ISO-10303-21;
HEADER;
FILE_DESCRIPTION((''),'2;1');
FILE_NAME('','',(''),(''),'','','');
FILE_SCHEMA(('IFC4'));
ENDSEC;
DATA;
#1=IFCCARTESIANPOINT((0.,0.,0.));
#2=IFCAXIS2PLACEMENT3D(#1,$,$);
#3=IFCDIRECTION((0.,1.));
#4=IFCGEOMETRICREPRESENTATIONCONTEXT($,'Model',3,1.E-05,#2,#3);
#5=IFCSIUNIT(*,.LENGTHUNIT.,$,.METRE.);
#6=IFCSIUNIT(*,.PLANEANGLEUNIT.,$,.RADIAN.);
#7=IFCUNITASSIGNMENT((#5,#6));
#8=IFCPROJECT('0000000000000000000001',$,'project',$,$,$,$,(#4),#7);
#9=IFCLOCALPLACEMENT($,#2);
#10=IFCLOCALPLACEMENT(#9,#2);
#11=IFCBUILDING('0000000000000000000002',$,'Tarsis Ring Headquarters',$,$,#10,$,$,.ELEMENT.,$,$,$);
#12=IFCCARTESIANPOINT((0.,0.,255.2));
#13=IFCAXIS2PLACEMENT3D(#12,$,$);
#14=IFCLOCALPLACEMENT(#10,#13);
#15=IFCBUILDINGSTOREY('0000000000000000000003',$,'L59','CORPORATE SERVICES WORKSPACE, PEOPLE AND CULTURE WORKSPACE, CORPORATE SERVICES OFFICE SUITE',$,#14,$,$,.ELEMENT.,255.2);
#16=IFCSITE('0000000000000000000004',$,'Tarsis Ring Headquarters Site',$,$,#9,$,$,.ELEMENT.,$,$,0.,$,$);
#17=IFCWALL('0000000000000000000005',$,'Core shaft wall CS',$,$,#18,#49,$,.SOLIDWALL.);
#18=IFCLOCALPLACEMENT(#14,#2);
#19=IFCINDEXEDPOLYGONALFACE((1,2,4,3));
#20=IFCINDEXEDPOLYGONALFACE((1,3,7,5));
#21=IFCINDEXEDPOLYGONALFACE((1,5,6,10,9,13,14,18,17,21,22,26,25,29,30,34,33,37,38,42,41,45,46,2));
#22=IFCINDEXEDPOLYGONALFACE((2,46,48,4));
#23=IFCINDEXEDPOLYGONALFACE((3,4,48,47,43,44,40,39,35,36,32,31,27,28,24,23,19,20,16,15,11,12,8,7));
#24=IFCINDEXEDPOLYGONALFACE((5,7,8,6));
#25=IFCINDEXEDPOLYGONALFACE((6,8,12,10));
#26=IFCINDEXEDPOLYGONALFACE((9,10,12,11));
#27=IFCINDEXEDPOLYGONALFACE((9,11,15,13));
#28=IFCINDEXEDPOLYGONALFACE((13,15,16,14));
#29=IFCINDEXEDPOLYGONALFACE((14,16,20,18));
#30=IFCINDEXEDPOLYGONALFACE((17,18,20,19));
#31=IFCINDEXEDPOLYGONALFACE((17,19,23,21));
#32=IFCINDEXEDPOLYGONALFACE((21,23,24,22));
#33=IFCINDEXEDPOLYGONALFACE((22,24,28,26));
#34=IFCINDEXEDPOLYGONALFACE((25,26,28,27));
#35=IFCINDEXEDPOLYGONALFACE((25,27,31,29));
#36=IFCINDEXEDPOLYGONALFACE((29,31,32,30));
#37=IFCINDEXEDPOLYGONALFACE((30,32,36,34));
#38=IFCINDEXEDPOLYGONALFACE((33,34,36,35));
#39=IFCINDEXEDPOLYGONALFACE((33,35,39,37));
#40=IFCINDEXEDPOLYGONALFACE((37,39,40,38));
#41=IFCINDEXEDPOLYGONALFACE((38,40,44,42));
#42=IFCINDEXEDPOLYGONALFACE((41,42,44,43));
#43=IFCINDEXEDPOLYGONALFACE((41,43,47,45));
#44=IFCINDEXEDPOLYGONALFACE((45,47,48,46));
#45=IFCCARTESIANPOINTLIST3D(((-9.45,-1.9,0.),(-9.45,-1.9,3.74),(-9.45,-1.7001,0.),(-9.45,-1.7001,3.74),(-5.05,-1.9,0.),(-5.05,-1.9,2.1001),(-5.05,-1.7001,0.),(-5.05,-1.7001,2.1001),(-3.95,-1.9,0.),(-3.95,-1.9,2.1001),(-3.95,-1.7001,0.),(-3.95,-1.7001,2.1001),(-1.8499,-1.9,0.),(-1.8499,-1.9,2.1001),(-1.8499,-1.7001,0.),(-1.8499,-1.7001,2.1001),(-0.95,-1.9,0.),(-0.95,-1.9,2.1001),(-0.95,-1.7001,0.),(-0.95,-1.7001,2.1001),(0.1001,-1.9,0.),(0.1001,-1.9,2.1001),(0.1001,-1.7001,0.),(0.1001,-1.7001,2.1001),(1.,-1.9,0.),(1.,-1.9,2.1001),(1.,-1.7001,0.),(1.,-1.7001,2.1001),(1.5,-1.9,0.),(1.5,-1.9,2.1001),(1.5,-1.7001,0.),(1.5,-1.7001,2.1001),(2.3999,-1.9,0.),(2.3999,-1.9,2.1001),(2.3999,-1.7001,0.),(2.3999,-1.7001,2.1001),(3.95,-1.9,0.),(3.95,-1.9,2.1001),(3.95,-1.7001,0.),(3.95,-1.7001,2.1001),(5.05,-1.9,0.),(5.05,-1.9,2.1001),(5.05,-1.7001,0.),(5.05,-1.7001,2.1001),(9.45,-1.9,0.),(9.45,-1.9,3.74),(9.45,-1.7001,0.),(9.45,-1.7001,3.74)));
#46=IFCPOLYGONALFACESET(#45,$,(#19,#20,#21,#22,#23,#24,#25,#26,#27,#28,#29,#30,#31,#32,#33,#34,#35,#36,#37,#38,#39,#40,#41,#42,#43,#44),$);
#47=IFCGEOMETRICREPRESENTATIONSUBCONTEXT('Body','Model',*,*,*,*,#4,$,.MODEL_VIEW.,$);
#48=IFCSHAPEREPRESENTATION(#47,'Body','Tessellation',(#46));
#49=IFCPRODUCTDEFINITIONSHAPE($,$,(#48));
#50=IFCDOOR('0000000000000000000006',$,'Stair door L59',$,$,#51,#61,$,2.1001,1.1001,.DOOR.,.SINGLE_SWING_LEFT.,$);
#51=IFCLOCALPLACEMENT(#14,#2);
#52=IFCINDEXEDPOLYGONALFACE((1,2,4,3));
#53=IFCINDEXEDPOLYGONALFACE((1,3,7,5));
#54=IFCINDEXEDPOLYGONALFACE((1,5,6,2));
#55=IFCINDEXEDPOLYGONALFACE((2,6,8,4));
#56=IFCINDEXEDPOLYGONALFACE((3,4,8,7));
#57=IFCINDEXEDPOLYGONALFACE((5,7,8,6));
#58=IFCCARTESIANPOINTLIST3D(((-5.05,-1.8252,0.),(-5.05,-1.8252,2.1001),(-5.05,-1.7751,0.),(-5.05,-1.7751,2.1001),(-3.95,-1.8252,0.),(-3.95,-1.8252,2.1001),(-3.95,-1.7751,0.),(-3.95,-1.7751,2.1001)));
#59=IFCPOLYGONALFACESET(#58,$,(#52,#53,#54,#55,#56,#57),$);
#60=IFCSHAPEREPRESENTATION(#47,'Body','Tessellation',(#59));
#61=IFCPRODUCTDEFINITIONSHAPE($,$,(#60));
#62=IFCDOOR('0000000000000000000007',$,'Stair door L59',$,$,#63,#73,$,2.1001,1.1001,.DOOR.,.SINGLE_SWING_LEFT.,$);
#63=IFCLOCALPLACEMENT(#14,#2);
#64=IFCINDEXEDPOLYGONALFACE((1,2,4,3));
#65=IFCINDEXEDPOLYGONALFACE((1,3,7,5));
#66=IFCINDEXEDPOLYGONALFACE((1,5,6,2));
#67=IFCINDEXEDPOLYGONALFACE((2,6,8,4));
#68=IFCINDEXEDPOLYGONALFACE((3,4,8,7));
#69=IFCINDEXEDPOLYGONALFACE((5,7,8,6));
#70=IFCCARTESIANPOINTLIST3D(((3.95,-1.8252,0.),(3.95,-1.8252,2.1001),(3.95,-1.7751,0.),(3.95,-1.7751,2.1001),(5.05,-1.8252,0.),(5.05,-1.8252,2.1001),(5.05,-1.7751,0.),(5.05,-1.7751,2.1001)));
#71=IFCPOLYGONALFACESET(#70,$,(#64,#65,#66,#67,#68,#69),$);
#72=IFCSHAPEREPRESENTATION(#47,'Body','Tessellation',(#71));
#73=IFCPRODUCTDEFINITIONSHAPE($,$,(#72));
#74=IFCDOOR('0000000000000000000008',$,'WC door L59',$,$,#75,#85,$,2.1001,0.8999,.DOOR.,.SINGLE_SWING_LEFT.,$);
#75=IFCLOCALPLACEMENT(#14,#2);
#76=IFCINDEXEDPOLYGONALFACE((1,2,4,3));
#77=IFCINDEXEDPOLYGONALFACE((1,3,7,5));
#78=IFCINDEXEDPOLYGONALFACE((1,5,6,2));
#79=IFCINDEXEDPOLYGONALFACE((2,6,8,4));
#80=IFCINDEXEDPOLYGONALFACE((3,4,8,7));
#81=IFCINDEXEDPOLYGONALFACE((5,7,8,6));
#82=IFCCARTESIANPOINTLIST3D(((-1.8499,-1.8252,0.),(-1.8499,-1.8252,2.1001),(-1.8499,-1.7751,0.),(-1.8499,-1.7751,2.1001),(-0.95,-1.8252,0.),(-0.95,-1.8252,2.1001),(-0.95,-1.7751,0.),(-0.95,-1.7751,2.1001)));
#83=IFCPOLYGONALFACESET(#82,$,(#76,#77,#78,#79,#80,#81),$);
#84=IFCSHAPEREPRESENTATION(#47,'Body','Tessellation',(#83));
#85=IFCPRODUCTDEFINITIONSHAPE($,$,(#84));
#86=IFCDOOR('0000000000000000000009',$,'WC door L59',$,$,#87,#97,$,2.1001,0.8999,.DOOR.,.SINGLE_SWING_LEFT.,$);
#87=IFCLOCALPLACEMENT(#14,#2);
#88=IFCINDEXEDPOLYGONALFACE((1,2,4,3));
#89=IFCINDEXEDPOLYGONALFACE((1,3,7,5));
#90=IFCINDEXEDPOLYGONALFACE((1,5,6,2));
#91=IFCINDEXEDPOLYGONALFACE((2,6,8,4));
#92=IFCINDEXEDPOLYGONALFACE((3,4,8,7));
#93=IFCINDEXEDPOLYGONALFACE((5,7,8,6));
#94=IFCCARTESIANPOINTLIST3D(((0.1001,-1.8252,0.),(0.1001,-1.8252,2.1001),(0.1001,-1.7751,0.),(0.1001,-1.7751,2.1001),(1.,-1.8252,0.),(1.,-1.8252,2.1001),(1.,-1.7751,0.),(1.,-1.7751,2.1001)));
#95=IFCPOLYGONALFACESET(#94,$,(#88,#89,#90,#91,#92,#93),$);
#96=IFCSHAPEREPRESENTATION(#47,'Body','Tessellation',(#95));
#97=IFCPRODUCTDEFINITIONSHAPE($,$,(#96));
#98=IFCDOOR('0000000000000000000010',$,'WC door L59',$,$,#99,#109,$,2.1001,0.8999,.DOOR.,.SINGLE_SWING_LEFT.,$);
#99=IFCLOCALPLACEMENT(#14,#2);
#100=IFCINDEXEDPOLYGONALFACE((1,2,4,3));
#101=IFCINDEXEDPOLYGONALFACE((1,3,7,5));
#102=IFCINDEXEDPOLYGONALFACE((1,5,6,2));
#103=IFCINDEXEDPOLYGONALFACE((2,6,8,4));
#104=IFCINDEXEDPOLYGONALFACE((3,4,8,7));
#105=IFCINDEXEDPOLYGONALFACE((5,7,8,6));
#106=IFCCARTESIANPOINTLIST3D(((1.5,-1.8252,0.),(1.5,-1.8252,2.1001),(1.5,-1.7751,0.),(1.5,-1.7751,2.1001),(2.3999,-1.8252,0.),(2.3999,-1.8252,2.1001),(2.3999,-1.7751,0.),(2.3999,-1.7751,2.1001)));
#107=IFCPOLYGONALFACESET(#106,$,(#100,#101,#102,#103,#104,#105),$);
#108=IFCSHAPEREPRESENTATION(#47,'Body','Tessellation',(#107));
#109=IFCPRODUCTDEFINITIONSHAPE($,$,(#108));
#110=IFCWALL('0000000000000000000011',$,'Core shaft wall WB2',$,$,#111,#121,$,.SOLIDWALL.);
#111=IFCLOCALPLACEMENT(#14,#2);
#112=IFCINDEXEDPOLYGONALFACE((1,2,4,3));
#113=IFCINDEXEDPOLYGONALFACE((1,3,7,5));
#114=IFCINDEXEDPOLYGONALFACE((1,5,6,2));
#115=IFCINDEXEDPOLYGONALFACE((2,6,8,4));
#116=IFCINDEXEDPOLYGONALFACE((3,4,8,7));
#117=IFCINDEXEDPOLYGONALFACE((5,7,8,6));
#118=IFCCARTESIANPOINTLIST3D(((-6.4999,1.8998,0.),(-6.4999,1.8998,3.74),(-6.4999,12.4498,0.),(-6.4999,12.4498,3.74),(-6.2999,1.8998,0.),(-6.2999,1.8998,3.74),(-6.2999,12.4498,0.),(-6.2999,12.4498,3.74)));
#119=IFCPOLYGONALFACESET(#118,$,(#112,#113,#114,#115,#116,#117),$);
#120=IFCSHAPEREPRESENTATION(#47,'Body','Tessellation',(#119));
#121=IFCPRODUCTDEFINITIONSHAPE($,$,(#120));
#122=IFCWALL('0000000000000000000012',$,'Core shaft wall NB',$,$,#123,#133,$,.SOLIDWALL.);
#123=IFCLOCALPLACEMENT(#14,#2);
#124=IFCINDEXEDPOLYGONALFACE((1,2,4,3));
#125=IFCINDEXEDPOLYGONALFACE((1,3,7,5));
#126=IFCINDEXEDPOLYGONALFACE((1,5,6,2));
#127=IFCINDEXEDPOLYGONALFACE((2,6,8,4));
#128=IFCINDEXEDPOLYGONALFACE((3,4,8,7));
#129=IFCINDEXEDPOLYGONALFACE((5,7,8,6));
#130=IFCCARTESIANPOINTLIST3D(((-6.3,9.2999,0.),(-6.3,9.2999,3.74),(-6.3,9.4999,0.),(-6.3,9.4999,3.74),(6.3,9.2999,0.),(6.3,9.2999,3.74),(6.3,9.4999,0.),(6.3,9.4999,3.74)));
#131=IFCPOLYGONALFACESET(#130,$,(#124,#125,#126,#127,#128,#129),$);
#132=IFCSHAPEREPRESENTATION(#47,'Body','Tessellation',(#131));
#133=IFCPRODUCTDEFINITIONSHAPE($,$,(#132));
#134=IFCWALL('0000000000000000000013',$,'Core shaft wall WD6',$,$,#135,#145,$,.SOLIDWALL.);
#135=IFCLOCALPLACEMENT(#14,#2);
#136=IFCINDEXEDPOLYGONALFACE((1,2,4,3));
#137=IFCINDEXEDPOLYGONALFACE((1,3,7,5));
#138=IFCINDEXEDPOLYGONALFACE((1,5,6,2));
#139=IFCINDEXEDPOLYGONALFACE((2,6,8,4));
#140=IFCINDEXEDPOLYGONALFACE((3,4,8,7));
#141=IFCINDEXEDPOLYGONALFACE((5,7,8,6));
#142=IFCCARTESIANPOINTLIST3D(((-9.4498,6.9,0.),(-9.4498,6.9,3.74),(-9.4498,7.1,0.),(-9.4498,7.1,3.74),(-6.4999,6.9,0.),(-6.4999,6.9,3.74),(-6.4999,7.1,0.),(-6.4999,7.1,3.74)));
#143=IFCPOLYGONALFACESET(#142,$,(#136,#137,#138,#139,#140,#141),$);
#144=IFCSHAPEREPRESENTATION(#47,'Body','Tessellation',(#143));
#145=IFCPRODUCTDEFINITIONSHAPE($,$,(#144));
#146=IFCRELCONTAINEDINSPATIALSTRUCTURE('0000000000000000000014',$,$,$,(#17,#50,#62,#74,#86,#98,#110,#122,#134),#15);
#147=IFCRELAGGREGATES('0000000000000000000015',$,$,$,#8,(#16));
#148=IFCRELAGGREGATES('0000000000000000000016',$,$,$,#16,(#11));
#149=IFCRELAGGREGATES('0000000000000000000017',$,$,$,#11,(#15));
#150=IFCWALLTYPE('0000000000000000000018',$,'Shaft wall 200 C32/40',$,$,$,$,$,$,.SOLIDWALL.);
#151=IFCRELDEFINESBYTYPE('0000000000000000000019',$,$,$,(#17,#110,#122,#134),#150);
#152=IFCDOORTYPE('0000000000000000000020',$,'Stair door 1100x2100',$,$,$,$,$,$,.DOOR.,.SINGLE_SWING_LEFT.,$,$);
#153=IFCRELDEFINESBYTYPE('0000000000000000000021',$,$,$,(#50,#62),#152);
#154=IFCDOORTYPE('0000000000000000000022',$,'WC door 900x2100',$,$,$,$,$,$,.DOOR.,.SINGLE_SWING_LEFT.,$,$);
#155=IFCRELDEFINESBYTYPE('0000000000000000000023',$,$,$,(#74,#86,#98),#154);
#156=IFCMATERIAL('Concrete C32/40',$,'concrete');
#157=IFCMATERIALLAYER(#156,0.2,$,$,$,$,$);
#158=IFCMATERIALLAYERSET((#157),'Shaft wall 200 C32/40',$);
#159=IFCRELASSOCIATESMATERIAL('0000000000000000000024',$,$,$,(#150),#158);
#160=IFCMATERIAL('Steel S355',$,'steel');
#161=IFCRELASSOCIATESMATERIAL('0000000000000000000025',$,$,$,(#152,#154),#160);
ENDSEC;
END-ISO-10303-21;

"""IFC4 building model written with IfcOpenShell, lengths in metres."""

from ifc_helpers import new_model, si_unit, direction, frame, frame_2d, origin, place, context, subcontext, project, spatial, rectangle, extrude, material, layer, layer_set, type_object, element, fill, save


model = new_model("IFC4")

# Units and contexts
model_context = context("Model", 3, precision=1e-05, world=origin(), true_north=direction((0.0, 1.0)))
body_context = subcontext(model_context, "Body", "Model", "MODEL_VIEW")
ifc_project = project(units=[si_unit("LENGTHUNIT", "METRE"), si_unit("PLANEANGLEUNIT", "RADIAN")], contexts=[model_context])

# Site, building, storey
site_placement = place(None, origin())
site = spatial("IfcSite", under=ifc_project, at=site_placement, Name="Tarsis Ring Headquarters Site", CompositionType="ELEMENT", RefElevation=0.0)
building_placement = place(site_placement, origin())
building = spatial("IfcBuilding", under=site, at=building_placement, Name="Tarsis Ring Headquarters", CompositionType="ELEMENT")
storey_placement = place(building_placement, frame((0.0, 0.0, 255.2)))
storey = spatial("IfcBuildingStorey", under=building, at=storey_placement, Name="L59", Description="CORPORATE SERVICES WORKSPACE, PEOPLE AND CULTURE WORKSPACE, CORPORATE SERVICES OFFICE SUITE", CompositionType="ELEMENT", Elevation=255.2)

# Shared definitions
ifc_material_1 = material(Name="Steel S355", Category="steel")

# Shared definitions
ifc_material_2 = material(Name="Concrete C32/40", Category="concrete")

# Wall, openings, doors
ifc_layer_1 = layer(ifc_material_2, 0.2)
ifc_layer_set_1 = layer_set([ifc_layer_1], Name="Shaft wall 200 C32/40")
wall_type_1 = type_object("IfcWallType", Name="Shaft wall 200 C32/40", PredefinedType="SOLIDWALL", material=ifc_layer_set_1)
door_type_1 = type_object("IfcDoorType", Name="Stair door 1100x2100", OperationType="SINGLE_SWING_LEFT", PredefinedType="DOOR", material=ifc_material_1)
wall_1_placement = place(storey_placement, frame((-9.45, -1.8, 0.0), z_axis=(0.0, 0.0, 1.0), x_axis=(1.0, 0.0, 0.0)))
wall_1 = element("IfcWall", 1, at=wall_1_placement, inside=storey, type_object=wall_type_1, Name="Core shaft wall CS", PredefinedType="SOLIDWALL", context=body_context, shape_type="SweptSolid", body=[
    extrude(rectangle(XDim=18.8999, YDim=0.2, at=frame_2d((9.45, 0.0))), origin(), (0.0, 0.0, 1.0), 3.74),
])
opening_1_placement = place(wall_1_placement, frame((4.3999, 0.0, 0.0)))
opening_1 = element("IfcOpeningElement", 2, at=opening_1_placement, cuts=wall_1, PredefinedType="OPENING", context=body_context, shape_type="SweptSolid", body=[
    extrude(rectangle(XDim=1.1001, YDim=2.1001, at=frame_2d((0.55, 1.05))), frame((0.0, 0.1099, 0.0), z_axis=(0.0, -1.0, 0.0), x_axis=(1.0, 0.0, 0.0)), (0.0, 0.0, 1.0), 0.22),
])
opening_2_placement = place(wall_1_placement, frame((7.6001, 0.0, 0.0)))
opening_2 = element("IfcOpeningElement", 3, at=opening_2_placement, cuts=wall_1, PredefinedType="OPENING", context=body_context, shape_type="SweptSolid", body=[
    extrude(rectangle(XDim=0.8999, YDim=2.1001, at=frame_2d((0.45, 1.05))), frame((0.0, 0.1099, 0.0), z_axis=(0.0, -1.0, 0.0), x_axis=(1.0, 0.0, 0.0)), (0.0, 0.0, 1.0), 0.22),
])
opening_3_placement = place(wall_1_placement, frame((9.55, 0.0, 0.0)))
opening_3 = element("IfcOpeningElement", 4, at=opening_3_placement, cuts=wall_1, PredefinedType="OPENING", context=body_context, shape_type="SweptSolid", body=[
    extrude(rectangle(XDim=0.8999, YDim=2.1001, at=frame_2d((0.45, 1.05))), frame((0.0, 0.1099, 0.0), z_axis=(0.0, -1.0, 0.0), x_axis=(1.0, 0.0, 0.0)), (0.0, 0.0, 1.0), 0.22),
])
opening_4_placement = place(wall_1_placement, frame((10.95, 0.0, 0.0)))
opening_4 = element("IfcOpeningElement", 5, at=opening_4_placement, cuts=wall_1, PredefinedType="OPENING", context=body_context, shape_type="SweptSolid", body=[
    extrude(rectangle(XDim=0.8999, YDim=2.1001, at=frame_2d((0.45, 1.05))), frame((0.0, 0.1099, 0.0), z_axis=(0.0, -1.0, 0.0), x_axis=(1.0, 0.0, 0.0)), (0.0, 0.0, 1.0), 0.22),
])
opening_5_placement = place(wall_1_placement, frame((13.3999, 0.0, 0.0)))
opening_5 = element("IfcOpeningElement", 6, at=opening_5_placement, cuts=wall_1, PredefinedType="OPENING", context=body_context, shape_type="SweptSolid", body=[
    extrude(rectangle(XDim=1.1001, YDim=2.1001, at=frame_2d((0.55, 1.05))), frame((0.0, 0.1099, 0.0), z_axis=(0.0, -1.0, 0.0), x_axis=(1.0, 0.0, 0.0)), (0.0, 0.0, 1.0), 0.22),
])
door_1_placement = place(opening_1_placement, origin())
door_1 = element("IfcDoor", 7, at=door_1_placement, inside=storey, type_object=door_type_1, Name="Stair door L59", OperationType="SINGLE_SWING_LEFT", OverallHeight=2.1001, OverallWidth=1.1001, PredefinedType="DOOR", context=body_context, shape_type="SweptSolid", body=[
    extrude(rectangle(XDim=1.1001, YDim=2.1001, at=frame_2d((0.55, 1.05))), frame((0.0, 0.0249, 0.0), z_axis=(0.0, -1.0, 0.0), x_axis=(1.0, 0.0, 0.0)), (0.0, 0.0, 1.0), 0.05),
])
fill(opening_1, door_1)
door_2_placement = place(opening_5_placement, origin())
door_2 = element("IfcDoor", 8, at=door_2_placement, inside=storey, type_object=door_type_1, Name="Stair door L59", OperationType="SINGLE_SWING_LEFT", OverallHeight=2.1001, OverallWidth=1.1001, PredefinedType="DOOR", context=body_context, shape_type="SweptSolid", body=[
    extrude(rectangle(XDim=1.1001, YDim=2.1001, at=frame_2d((0.55, 1.05))), frame((0.0, 0.0249, 0.0), z_axis=(0.0, -1.0, 0.0), x_axis=(1.0, 0.0, 0.0)), (0.0, 0.0, 1.0), 0.05),
])
fill(opening_5, door_2)
door_type_2 = type_object("IfcDoorType", Name="WC door 900x2100", OperationType="SINGLE_SWING_LEFT", PredefinedType="DOOR", material=ifc_material_1)
door_3_placement = place(opening_2_placement, origin())
door_3 = element("IfcDoor", 9, at=door_3_placement, inside=storey, type_object=door_type_2, Name="WC door L59", OperationType="SINGLE_SWING_LEFT", OverallHeight=2.1001, OverallWidth=0.8999, PredefinedType="DOOR", context=body_context, shape_type="SweptSolid", body=[
    extrude(rectangle(XDim=0.8999, YDim=2.1001, at=frame_2d((0.45, 1.05))), frame((0.0, 0.0249, 0.0), z_axis=(0.0, -1.0, 0.0), x_axis=(1.0, 0.0, 0.0)), (0.0, 0.0, 1.0), 0.05),
])
fill(opening_2, door_3)
door_4_placement = place(opening_3_placement, origin())
door_4 = element("IfcDoor", 10, at=door_4_placement, inside=storey, type_object=door_type_2, Name="WC door L59", OperationType="SINGLE_SWING_LEFT", OverallHeight=2.1001, OverallWidth=0.8999, PredefinedType="DOOR", context=body_context, shape_type="SweptSolid", body=[
    extrude(rectangle(XDim=0.8999, YDim=2.1001, at=frame_2d((0.45, 1.05))), frame((0.0, 0.0249, 0.0), z_axis=(0.0, -1.0, 0.0), x_axis=(1.0, 0.0, 0.0)), (0.0, 0.0, 1.0), 0.05),
])
fill(opening_3, door_4)
door_5_placement = place(opening_4_placement, origin())
door_5 = element("IfcDoor", 11, at=door_5_placement, inside=storey, type_object=door_type_2, Name="WC door L59", OperationType="SINGLE_SWING_LEFT", OverallHeight=2.1001, OverallWidth=0.8999, PredefinedType="DOOR", context=body_context, shape_type="SweptSolid", body=[
    extrude(rectangle(XDim=0.8999, YDim=2.1001, at=frame_2d((0.45, 1.05))), frame((0.0, 0.0249, 0.0), z_axis=(0.0, -1.0, 0.0), x_axis=(1.0, 0.0, 0.0)), (0.0, 0.0, 1.0), 0.05),
])
fill(opening_4, door_5)

# Walls
wall_2_placement = place(storey_placement, frame((-6.3999, 1.8999, 0.0), z_axis=(0.0, 0.0, 1.0), x_axis=(0.0, 1.0, 0.0)))
element("IfcWall", 12, at=wall_2_placement, inside=storey, type_object=wall_type_1, Name="Core shaft wall WB2", PredefinedType="SOLIDWALL", context=body_context, shape_type="SweptSolid", body=[
    extrude(rectangle(XDim=10.55, YDim=0.2, at=frame_2d((5.2749, 0.0))), origin(), (0.0, 0.0, 1.0), 3.74),
])
wall_3_placement = place(storey_placement, frame((-6.3, 9.3999, 0.0), z_axis=(0.0, 0.0, 1.0), x_axis=(1.0, 0.0, 0.0)))
element("IfcWall", 13, at=wall_3_placement, inside=storey, type_object=wall_type_1, Name="Core shaft wall NB", PredefinedType="SOLIDWALL", context=body_context, shape_type="SweptSolid", body=[
    extrude(rectangle(XDim=12.6001, YDim=0.2, at=frame_2d((6.3, 0.0))), origin(), (0.0, 0.0, 1.0), 3.74),
])
wall_4_placement = place(storey_placement, frame((-9.45, 7.0, 0.0), z_axis=(0.0, 0.0, 1.0), x_axis=(1.0, 0.0, 0.0)))
element("IfcWall", 14, at=wall_4_placement, inside=storey, type_object=wall_type_1, Name="Core shaft wall WD6", PredefinedType="SOLIDWALL", context=body_context, shape_type="SweptSolid", body=[
    extrude(rectangle(XDim=2.95, YDim=0.2, at=frame_2d((1.4751, 0.0))), origin(), (0.0, 0.0, 1.0), 3.74),
])

save(model, "model.ifc")
